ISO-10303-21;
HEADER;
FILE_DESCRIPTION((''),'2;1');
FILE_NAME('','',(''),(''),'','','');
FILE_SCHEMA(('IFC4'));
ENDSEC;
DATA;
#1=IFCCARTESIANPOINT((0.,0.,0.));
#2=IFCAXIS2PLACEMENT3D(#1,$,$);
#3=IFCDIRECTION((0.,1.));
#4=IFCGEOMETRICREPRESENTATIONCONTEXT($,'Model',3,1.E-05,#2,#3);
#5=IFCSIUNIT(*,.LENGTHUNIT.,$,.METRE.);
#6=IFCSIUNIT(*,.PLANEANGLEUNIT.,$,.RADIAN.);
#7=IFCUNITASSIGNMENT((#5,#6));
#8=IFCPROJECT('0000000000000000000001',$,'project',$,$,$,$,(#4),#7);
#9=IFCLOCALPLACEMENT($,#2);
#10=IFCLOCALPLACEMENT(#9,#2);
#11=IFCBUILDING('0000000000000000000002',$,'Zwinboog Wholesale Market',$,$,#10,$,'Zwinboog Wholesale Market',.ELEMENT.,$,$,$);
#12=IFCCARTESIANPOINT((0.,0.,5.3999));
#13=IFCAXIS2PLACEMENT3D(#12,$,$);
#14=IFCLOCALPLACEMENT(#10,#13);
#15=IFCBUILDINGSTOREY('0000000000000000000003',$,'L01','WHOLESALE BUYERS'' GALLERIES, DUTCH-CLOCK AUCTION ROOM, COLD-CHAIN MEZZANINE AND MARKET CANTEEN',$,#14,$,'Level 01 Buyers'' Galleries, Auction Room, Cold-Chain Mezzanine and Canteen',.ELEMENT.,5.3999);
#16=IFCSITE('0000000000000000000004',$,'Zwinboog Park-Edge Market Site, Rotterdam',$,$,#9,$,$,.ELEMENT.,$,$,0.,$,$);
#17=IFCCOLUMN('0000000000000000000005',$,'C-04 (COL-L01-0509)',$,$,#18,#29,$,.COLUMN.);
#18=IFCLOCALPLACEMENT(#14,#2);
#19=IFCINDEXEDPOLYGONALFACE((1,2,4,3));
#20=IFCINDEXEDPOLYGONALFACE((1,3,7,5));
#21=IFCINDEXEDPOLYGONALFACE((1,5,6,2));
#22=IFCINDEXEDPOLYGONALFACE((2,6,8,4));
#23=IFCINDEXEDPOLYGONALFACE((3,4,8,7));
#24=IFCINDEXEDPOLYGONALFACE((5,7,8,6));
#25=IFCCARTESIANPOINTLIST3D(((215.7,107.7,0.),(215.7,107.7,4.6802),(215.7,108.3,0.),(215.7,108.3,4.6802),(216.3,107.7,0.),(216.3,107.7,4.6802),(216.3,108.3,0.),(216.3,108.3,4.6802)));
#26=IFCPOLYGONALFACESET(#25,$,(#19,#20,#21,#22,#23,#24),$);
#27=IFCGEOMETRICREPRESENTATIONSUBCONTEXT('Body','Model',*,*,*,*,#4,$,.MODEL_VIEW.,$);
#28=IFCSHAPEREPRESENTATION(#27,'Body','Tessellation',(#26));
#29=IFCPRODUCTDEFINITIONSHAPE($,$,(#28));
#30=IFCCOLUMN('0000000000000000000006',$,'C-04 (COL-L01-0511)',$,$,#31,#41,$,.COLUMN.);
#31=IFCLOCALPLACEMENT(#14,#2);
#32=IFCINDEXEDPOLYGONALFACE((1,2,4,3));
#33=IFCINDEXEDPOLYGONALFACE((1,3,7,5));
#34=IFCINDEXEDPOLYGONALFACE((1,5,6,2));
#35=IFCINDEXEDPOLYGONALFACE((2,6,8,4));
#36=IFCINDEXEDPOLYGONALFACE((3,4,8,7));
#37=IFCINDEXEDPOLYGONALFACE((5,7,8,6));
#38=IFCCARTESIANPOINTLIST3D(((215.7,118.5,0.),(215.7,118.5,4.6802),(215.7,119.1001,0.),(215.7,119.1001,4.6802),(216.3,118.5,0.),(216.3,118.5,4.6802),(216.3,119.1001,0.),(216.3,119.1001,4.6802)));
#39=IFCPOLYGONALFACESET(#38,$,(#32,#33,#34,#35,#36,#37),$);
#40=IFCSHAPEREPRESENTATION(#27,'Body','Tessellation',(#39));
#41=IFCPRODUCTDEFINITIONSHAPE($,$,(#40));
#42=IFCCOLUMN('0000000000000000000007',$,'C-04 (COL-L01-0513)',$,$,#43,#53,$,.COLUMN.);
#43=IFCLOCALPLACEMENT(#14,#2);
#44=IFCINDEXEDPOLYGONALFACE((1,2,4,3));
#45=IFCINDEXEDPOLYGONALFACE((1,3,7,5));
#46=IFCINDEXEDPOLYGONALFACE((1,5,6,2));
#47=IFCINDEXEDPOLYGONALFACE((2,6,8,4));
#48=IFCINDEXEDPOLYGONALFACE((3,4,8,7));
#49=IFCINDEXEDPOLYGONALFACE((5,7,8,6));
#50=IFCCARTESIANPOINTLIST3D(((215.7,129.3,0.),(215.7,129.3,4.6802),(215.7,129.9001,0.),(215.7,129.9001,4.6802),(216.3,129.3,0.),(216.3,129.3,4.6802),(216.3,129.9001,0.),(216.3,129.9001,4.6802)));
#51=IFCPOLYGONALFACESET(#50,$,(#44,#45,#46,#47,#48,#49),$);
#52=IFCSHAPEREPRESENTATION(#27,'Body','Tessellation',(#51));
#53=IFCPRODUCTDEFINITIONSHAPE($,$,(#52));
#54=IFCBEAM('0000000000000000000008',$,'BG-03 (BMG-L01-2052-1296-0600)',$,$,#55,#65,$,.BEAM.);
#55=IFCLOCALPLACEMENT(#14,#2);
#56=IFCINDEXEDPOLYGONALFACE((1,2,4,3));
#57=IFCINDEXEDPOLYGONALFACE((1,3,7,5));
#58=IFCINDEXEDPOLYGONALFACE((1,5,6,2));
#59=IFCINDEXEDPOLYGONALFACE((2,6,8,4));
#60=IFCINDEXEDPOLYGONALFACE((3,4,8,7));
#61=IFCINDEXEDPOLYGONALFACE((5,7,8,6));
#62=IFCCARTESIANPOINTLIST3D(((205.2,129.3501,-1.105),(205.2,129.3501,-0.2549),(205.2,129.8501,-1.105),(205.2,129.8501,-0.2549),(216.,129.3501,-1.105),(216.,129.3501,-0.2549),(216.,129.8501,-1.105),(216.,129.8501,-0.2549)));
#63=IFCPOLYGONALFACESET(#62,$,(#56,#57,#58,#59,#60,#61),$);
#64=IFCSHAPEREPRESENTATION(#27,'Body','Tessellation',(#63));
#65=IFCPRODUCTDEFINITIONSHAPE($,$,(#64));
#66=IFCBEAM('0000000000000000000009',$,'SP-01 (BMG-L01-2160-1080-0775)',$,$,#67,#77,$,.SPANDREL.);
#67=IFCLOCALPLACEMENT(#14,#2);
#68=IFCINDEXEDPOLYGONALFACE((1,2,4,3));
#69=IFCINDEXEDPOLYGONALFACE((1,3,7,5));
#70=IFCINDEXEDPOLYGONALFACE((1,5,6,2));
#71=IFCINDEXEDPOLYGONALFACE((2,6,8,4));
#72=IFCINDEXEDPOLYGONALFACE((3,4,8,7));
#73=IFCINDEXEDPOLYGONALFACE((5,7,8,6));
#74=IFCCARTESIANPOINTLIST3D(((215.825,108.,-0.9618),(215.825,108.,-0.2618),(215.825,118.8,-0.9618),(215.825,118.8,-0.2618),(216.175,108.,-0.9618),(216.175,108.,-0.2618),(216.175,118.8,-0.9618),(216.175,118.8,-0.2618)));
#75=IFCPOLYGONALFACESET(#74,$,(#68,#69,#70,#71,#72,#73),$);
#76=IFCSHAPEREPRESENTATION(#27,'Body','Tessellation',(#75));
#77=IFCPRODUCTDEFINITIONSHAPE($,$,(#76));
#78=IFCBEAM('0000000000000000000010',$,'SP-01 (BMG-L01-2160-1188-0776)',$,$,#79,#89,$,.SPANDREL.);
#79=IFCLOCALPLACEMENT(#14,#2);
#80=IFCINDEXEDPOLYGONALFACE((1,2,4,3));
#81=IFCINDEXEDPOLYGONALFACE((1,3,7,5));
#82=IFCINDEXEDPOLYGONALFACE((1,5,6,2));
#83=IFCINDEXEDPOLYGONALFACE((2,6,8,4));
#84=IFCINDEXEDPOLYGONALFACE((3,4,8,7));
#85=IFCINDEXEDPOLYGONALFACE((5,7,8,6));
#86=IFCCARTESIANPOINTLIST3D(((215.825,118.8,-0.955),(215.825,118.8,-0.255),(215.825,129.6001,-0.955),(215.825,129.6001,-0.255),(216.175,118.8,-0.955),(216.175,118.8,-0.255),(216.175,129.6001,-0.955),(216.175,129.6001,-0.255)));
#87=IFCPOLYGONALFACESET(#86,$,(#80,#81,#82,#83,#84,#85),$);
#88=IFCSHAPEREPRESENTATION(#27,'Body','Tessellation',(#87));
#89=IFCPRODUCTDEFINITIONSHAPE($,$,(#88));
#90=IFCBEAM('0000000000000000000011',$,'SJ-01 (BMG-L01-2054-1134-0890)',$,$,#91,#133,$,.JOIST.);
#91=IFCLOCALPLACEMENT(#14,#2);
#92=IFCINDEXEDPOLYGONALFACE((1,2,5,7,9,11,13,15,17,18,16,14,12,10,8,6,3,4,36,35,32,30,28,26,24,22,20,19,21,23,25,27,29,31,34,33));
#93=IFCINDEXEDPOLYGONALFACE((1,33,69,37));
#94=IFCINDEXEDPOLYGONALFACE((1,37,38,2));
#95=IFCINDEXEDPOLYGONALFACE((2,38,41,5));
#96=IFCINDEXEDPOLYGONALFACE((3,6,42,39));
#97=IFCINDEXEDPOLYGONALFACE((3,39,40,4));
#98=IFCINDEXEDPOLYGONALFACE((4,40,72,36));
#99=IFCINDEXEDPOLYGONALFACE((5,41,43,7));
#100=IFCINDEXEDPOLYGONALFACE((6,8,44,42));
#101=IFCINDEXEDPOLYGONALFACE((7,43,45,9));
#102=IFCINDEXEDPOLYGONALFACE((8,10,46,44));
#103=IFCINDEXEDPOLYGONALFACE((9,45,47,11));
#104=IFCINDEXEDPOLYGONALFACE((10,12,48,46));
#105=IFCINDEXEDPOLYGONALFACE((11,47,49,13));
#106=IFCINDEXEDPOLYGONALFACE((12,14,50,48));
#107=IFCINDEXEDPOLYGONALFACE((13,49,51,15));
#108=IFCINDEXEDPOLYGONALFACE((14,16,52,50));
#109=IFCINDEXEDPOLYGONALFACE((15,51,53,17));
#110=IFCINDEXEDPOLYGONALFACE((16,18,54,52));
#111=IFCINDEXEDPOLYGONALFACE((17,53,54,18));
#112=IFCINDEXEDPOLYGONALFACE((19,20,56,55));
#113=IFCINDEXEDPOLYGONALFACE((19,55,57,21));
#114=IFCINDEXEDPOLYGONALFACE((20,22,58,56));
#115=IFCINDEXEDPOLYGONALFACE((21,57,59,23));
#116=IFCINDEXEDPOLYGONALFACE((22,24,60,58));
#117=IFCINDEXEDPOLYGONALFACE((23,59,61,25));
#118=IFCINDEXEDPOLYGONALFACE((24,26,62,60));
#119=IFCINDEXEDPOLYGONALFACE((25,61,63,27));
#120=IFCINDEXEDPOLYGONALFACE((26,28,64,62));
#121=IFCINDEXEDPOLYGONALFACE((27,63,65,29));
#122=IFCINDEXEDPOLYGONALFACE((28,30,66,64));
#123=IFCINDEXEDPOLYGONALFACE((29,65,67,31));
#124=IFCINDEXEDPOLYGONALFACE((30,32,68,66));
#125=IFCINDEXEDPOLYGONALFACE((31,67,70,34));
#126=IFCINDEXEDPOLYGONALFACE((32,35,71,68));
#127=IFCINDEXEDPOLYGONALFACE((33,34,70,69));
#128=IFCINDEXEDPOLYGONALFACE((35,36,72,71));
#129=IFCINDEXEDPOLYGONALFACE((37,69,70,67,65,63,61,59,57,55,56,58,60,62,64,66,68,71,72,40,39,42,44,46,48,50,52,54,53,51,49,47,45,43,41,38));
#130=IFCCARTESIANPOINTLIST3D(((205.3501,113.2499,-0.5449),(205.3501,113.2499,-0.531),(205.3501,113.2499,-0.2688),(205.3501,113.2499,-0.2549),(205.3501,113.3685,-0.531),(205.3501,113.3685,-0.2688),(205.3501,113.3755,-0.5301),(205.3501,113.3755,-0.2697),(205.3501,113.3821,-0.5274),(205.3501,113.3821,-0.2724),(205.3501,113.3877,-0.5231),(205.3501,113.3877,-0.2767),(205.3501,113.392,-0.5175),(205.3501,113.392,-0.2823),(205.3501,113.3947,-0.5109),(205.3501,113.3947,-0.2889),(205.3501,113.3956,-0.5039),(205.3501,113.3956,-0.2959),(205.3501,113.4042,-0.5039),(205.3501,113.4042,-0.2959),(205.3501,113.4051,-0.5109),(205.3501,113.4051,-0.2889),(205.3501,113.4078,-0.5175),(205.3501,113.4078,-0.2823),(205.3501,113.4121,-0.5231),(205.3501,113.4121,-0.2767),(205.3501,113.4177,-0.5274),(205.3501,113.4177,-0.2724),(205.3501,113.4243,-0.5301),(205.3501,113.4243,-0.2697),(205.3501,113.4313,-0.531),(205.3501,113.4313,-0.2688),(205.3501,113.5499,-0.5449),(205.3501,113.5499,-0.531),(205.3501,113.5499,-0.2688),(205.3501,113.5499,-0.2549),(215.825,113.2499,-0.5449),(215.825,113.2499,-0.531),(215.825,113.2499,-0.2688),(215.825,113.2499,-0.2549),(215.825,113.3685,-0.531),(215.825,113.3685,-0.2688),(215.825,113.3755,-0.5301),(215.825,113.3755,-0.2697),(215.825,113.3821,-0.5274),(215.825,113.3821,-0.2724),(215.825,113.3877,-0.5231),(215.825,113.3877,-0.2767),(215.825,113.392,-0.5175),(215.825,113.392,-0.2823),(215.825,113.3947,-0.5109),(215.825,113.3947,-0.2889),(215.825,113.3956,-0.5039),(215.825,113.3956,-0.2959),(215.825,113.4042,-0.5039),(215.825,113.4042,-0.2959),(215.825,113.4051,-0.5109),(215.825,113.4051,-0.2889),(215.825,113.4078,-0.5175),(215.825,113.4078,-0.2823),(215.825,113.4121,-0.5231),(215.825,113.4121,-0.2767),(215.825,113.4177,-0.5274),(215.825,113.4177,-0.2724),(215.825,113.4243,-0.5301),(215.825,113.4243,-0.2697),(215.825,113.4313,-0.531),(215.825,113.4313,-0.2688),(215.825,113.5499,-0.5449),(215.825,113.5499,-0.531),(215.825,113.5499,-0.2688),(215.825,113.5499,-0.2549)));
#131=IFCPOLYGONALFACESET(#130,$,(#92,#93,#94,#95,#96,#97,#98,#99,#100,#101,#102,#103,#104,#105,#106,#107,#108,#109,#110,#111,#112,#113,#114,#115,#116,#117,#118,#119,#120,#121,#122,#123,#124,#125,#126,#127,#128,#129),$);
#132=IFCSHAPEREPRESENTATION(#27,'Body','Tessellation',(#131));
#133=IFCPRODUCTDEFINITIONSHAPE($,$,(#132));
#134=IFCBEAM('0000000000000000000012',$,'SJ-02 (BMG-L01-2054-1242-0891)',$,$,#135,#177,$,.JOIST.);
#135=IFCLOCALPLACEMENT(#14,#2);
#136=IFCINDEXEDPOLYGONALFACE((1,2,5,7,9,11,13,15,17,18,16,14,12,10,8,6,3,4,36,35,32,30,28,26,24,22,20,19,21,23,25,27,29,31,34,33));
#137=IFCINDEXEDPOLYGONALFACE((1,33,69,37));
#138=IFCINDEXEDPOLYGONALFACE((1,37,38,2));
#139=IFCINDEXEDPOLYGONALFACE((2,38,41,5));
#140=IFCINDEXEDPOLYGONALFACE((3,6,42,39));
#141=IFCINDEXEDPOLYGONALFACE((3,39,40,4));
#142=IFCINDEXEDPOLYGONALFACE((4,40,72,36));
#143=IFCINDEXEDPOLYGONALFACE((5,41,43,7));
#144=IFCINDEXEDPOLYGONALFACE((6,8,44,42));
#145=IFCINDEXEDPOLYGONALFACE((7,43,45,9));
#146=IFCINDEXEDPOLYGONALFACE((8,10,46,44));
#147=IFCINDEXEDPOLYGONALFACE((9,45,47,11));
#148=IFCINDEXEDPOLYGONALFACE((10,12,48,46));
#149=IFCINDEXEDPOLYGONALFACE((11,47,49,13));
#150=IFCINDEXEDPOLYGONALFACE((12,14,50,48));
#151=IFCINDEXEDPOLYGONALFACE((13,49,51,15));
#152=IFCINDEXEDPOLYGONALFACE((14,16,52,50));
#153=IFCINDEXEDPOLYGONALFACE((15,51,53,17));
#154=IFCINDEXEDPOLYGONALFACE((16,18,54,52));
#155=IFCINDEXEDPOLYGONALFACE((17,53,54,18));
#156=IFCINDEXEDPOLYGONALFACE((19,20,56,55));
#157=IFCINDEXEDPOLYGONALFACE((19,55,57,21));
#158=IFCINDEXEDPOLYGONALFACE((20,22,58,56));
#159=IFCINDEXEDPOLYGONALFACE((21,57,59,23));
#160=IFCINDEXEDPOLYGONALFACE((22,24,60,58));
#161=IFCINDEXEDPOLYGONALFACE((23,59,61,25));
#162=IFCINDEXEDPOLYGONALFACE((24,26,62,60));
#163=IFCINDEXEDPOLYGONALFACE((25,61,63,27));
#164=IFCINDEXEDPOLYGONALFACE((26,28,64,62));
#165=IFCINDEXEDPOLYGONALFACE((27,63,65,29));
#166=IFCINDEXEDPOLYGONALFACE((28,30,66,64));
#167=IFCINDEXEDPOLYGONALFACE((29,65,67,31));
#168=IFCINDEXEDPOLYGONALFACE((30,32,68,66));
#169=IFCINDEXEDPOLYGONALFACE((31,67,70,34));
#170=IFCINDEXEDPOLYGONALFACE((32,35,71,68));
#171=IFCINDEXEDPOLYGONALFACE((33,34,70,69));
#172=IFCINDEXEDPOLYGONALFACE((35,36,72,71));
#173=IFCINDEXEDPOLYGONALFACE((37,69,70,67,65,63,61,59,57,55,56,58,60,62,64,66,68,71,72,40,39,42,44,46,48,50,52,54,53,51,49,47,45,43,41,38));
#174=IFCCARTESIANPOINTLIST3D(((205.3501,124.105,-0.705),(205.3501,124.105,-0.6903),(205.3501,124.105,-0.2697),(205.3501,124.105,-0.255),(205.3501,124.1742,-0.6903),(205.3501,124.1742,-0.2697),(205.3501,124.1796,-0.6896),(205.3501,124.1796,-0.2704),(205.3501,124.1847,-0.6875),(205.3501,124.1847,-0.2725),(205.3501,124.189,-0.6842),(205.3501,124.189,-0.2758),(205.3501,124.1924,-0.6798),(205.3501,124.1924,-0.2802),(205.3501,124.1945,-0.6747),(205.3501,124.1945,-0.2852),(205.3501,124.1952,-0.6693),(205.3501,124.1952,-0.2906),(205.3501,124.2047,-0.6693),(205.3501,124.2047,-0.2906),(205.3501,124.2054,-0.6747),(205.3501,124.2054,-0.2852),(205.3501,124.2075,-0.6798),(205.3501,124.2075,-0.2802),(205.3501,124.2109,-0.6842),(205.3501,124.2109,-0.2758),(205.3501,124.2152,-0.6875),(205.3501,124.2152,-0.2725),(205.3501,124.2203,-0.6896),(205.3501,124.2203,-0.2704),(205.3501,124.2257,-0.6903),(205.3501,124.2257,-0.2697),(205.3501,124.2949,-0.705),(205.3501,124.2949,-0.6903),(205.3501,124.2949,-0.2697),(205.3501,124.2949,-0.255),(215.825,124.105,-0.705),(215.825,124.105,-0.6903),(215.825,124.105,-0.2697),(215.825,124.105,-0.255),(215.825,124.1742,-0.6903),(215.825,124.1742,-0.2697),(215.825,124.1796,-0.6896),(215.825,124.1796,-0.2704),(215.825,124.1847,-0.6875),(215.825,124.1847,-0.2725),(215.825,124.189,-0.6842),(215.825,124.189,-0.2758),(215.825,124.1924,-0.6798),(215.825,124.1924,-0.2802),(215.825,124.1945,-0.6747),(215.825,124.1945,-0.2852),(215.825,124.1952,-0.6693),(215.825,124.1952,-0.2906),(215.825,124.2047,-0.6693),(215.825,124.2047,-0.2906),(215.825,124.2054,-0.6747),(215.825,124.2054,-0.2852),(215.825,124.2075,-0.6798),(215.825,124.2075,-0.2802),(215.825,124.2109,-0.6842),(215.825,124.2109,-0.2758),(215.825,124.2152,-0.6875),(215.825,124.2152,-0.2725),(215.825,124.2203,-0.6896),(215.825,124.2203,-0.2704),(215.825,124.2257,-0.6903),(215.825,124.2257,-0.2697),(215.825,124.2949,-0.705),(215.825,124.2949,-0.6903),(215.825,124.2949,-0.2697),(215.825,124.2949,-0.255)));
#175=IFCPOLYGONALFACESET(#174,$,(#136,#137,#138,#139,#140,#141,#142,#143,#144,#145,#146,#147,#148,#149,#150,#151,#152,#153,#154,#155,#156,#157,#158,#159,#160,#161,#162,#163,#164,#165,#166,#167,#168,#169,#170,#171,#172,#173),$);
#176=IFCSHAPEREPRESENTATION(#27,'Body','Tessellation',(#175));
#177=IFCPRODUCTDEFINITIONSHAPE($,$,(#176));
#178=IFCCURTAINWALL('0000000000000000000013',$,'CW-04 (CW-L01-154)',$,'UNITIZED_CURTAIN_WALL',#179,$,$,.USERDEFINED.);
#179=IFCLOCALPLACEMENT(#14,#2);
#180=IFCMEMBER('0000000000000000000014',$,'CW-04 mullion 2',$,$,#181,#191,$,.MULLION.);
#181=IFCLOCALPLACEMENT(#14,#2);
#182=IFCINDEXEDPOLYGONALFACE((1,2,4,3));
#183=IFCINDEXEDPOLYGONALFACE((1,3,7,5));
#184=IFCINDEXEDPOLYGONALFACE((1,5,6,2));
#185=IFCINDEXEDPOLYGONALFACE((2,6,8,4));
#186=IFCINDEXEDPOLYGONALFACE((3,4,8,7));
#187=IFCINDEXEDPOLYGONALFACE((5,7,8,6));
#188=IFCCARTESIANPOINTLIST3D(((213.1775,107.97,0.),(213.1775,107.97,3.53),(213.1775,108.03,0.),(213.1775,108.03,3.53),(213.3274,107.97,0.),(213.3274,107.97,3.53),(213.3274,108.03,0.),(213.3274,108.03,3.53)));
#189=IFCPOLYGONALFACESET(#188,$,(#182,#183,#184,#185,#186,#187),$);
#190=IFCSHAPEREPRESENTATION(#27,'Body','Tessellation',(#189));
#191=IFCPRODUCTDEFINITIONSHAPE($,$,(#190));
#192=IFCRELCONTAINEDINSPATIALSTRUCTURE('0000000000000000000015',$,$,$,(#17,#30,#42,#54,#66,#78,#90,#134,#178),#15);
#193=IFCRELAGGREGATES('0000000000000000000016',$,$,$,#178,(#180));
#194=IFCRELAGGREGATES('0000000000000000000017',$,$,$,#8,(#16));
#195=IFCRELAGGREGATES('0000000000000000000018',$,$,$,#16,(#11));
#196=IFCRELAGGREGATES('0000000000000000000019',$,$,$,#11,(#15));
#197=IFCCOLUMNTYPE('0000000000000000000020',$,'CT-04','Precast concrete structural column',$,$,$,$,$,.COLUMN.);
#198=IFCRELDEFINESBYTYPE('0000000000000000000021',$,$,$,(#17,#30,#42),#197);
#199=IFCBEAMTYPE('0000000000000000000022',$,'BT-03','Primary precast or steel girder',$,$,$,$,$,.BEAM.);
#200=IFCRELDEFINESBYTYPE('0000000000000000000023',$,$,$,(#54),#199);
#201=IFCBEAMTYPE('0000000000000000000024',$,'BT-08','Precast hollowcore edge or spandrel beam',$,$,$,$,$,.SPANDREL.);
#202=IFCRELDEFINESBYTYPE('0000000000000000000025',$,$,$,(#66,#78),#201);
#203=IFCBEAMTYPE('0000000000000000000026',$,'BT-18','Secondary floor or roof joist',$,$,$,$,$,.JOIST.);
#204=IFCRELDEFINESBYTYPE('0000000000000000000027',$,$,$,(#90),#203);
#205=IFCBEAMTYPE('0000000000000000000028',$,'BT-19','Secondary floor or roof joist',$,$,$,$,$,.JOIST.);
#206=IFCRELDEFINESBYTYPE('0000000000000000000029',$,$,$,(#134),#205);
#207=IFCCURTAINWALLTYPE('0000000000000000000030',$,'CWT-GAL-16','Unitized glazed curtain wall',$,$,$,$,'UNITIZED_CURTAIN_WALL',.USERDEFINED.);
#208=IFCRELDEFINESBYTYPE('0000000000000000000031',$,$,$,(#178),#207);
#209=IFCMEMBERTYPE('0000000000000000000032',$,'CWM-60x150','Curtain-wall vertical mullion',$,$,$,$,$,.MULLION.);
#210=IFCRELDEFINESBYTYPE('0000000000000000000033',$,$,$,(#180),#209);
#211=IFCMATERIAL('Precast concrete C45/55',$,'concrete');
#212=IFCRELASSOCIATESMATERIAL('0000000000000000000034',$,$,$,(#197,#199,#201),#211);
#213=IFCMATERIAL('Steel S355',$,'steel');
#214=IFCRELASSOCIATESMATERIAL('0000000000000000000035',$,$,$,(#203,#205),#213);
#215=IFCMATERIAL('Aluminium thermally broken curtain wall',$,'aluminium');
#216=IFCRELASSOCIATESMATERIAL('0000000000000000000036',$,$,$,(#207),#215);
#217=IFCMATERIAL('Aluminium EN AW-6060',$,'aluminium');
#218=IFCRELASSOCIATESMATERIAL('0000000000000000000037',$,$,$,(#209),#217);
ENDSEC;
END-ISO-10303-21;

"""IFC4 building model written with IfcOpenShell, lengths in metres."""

from ifc_helpers import new_model, si_unit, direction, frame, origin, origin_2d, place, context, subcontext, project, spatial, rectangle, i_section, extrude, material, material_profile, profile_set, type_object, element, aggregate, save


model = new_model("IFC4")

# Units and contexts
model_context = context("Model", 3, precision=1e-05, world=origin(), true_north=direction((0.0, 1.0)))
body_context = subcontext(model_context, "Body", "Model", "MODEL_VIEW")
ifc_project = project(units=[si_unit("LENGTHUNIT", "METRE"), si_unit("PLANEANGLEUNIT", "RADIAN")], contexts=[model_context])

# Site, building, storey
site_placement = place(None, origin())
site = spatial("IfcSite", under=ifc_project, at=site_placement, Name="Zwinboog Park-Edge Market Site, Rotterdam", CompositionType="ELEMENT", RefElevation=0.0)
building_placement = place(site_placement, origin())
building = spatial("IfcBuilding", under=site, at=building_placement, Name="Zwinboog Wholesale Market", LongName="Zwinboog Wholesale Market", CompositionType="ELEMENT")
storey_placement = place(building_placement, frame((0.0, 0.0, 5.3999)))
storey = spatial("IfcBuildingStorey", under=building, at=storey_placement, Name="L01", Description="WHOLESALE BUYERS' GALLERIES, DUTCH-CLOCK AUCTION ROOM, COLD-CHAIN MEZZANINE AND MARKET CANTEEN", LongName="Level 01 Buyers' Galleries, Auction Room, Cold-Chain Mezzanine and Canteen", CompositionType="ELEMENT", Elevation=5.3999)

# Columns
ifc_material_1 = material(Name="Precast concrete C45/55", Category="concrete")
ifc_material_profile_1 = material_profile(ifc_material_1, rectangle(XDim=0.6001, YDim=0.6001, at=origin_2d()), Name="PC 600x600")
ifc_profile_set_1 = profile_set([ifc_material_profile_1], Name="Precast concrete C45/55")
column_type = type_object("IfcColumnType", Name="CT-04", Description="Precast concrete structural column", PredefinedType="COLUMN", material=ifc_profile_set_1)
for number, where, z_axis, x_axis, name in (
    (1, (216.0, 108.0, 0.0), (0.0, 0.0, 1.0), (1.0, 0.0, 0.0), "C-04 (COL-L01-0509)"),
    (2, (216.0, 118.8, 0.0), (0.0, 0.0, 1.0), (1.0, 0.0, 0.0), "C-04 (COL-L01-0511)"),
    (3, (216.0, 129.6001, 0.0), (0.0, 0.0, 1.0), (1.0, 0.0, 0.0), "C-04 (COL-L01-0513)"),
):
    element("IfcColumn", number, at=place(storey_placement, frame(where, z_axis=z_axis, x_axis=x_axis)), inside=storey, type_object=column_type, Name=name, PredefinedType="COLUMN", context=body_context, shape_type="SweptSolid", body=[
        extrude(rectangle(XDim=0.6001, YDim=0.6001, at=origin_2d()), origin(), (0.0, 0.0, 1.0), 4.6802),
    ])

# Beams
ifc_material_profile_2 = material_profile(ifc_material_1, rectangle(XDim=0.5, YDim=0.8501, at=origin_2d()), Name="PC 500x850")
ifc_profile_set_2 = profile_set([ifc_material_profile_2], Name="Precast concrete C45/55")
beam_type_1 = type_object("IfcBeamType", Name="BT-03", Description="Primary precast or steel girder", PredefinedType="BEAM", material=ifc_profile_set_2)
beam_1_placement = place(storey_placement, frame((205.2, 129.6001, -0.6799), z_axis=(1.0, 0.0, 0.0), x_axis=(0.0, 1.0, 0.0)))
element("IfcBeam", 4, at=beam_1_placement, inside=storey, type_object=beam_type_1, Name="BG-03 (BMG-L01-2052-1296-0600)", PredefinedType="BEAM", context=body_context, shape_type="SweptSolid", body=[
    extrude(rectangle(XDim=0.5, YDim=0.8501, at=origin_2d()), origin(), (0.0, 0.0, 1.0), 10.8),
])
ifc_material_profile_3 = material_profile(ifc_material_1, rectangle(XDim=0.3501, YDim=0.7, at=origin_2d()), Name="PC 350x700")
ifc_profile_set_3 = profile_set([ifc_material_profile_3], Name="Precast concrete C45/55")
beam_type_2 = type_object("IfcBeamType", Name="BT-08", Description="Precast hollowcore edge or spandrel beam", PredefinedType="SPANDREL", material=ifc_profile_set_3)
for number, where, z_axis, x_axis, name in (
    (5, (216.0, 108.0, -0.6118), (0.0, 1.0, 0.0), (-1.0, 0.0, 0.0), "SP-01 (BMG-L01-2160-1080-0775)"),
    (6, (216.0, 118.8, -0.605), (0.0, 1.0, 0.0), (-1.0, 0.0, 0.0), "SP-01 (BMG-L01-2160-1188-0776)"),
):
    element("IfcBeam", number, at=place(storey_placement, frame(where, z_axis=z_axis, x_axis=x_axis)), inside=storey, type_object=beam_type_2, Name=name, PredefinedType="SPANDREL", context=body_context, shape_type="SweptSolid", body=[
        extrude(rectangle(XDim=0.3501, YDim=0.7, at=origin_2d()), origin(), (0.0, 0.0, 1.0), 10.8),
    ])
ifc_material_2 = material(Name="Steel S355", Category="steel")
ifc_material_profile_4 = material_profile(ifc_material_2, i_section(OverallWidth=0.3, OverallDepth=0.29, WebThickness=0.0085, FlangeThickness=0.0139, FilletRadius=0.0271, at=origin_2d()), Name="HEA 300")
ifc_profile_set_4 = profile_set([ifc_material_profile_4], Name="Steel S355")
beam_type_3 = type_object("IfcBeamType", Name="BT-18", Description="Secondary floor or roof joist", PredefinedType="JOIST", material=ifc_profile_set_4)
beam_2_placement = place(storey_placement, frame((205.3501, 113.3999, -0.3999), z_axis=(1.0, 0.0, 0.0), x_axis=(0.0, 1.0, 0.0)))
element("IfcBeam", 7, at=beam_2_placement, inside=storey, type_object=beam_type_3, Name="SJ-01 (BMG-L01-2054-1134-0890)", PredefinedType="JOIST", context=body_context, shape_type="SweptSolid", body=[
    extrude(i_section(OverallWidth=0.3, OverallDepth=0.29, WebThickness=0.0085, FlangeThickness=0.0139, FilletRadius=0.0271, at=origin_2d()), origin(), (0.0, 0.0, 1.0), 10.4749),
])
ifc_material_profile_5 = material_profile(ifc_material_2, i_section(OverallWidth=0.1899, OverallDepth=0.45, WebThickness=0.0095, FlangeThickness=0.0146, FilletRadius=0.021, at=origin_2d()), Name="IPE 450")
ifc_profile_set_5 = profile_set([ifc_material_profile_5], Name="Steel S355")
beam_type_4 = type_object("IfcBeamType", Name="BT-19", Description="Secondary floor or roof joist", PredefinedType="JOIST", material=ifc_profile_set_5)
beam_3_placement = place(storey_placement, frame((205.3501, 124.2, -0.48), z_axis=(1.0, 0.0, 0.0), x_axis=(0.0, 1.0, 0.0)))
element("IfcBeam", 8, at=beam_3_placement, inside=storey, type_object=beam_type_4, Name="SJ-02 (BMG-L01-2054-1242-0891)", PredefinedType="JOIST", context=body_context, shape_type="SweptSolid", body=[
    extrude(i_section(OverallWidth=0.1899, OverallDepth=0.45, WebThickness=0.0095, FlangeThickness=0.0146, FilletRadius=0.021, at=origin_2d()), origin(), (0.0, 0.0, 1.0), 10.4749),
])

# Curtain wall, member
ifc_material_3 = material(Name="Aluminium thermally broken curtain wall", Category="aluminium")
curtain_wall_type = type_object("IfcCurtainWallType", Name="CWT-GAL-16", Description="Unitized glazed curtain wall", ElementType="UNITIZED_CURTAIN_WALL", PredefinedType="USERDEFINED", material=ifc_material_3)
curtain_wall_placement = place(storey_placement, origin())
curtain_wall = element("IfcCurtainWall", 9, at=curtain_wall_placement, inside=storey, type_object=curtain_wall_type, Name="CW-04 (CW-L01-154)", ObjectType="UNITIZED_CURTAIN_WALL", PredefinedType="USERDEFINED")
ifc_material_4 = material(Name="Aluminium EN AW-6060", Category="aluminium")
ifc_material_profile_6 = material_profile(ifc_material_4, rectangle(XDim=0.0601, YDim=0.1499, at=origin_2d()), Name="AL 60x150")
ifc_profile_set_6 = profile_set([ifc_material_profile_6], Name="Aluminium EN AW-6060")
member_type_1 = type_object("IfcMemberType", Name="CWM-60x150", Description="Curtain-wall vertical mullion", PredefinedType="MULLION", material=ifc_profile_set_6)
member_1_placement = place(storey_placement, frame((213.2524, 108.0, 0.0), z_axis=(0.0, 0.0, 1.0), x_axis=(0.0, 1.0, 0.0)))
member_1 = element("IfcMember", 10, at=member_1_placement, type_object=member_type_1, Name="CW-04 mullion 2", PredefinedType="MULLION", context=body_context, shape_type="SweptSolid", body=[
    extrude(rectangle(XDim=0.0601, YDim=0.1499, at=origin_2d()), origin(), (0.0, 0.0, 1.0), 3.53),
])
aggregate(curtain_wall, [member_1])

save(model, "model.ifc")
